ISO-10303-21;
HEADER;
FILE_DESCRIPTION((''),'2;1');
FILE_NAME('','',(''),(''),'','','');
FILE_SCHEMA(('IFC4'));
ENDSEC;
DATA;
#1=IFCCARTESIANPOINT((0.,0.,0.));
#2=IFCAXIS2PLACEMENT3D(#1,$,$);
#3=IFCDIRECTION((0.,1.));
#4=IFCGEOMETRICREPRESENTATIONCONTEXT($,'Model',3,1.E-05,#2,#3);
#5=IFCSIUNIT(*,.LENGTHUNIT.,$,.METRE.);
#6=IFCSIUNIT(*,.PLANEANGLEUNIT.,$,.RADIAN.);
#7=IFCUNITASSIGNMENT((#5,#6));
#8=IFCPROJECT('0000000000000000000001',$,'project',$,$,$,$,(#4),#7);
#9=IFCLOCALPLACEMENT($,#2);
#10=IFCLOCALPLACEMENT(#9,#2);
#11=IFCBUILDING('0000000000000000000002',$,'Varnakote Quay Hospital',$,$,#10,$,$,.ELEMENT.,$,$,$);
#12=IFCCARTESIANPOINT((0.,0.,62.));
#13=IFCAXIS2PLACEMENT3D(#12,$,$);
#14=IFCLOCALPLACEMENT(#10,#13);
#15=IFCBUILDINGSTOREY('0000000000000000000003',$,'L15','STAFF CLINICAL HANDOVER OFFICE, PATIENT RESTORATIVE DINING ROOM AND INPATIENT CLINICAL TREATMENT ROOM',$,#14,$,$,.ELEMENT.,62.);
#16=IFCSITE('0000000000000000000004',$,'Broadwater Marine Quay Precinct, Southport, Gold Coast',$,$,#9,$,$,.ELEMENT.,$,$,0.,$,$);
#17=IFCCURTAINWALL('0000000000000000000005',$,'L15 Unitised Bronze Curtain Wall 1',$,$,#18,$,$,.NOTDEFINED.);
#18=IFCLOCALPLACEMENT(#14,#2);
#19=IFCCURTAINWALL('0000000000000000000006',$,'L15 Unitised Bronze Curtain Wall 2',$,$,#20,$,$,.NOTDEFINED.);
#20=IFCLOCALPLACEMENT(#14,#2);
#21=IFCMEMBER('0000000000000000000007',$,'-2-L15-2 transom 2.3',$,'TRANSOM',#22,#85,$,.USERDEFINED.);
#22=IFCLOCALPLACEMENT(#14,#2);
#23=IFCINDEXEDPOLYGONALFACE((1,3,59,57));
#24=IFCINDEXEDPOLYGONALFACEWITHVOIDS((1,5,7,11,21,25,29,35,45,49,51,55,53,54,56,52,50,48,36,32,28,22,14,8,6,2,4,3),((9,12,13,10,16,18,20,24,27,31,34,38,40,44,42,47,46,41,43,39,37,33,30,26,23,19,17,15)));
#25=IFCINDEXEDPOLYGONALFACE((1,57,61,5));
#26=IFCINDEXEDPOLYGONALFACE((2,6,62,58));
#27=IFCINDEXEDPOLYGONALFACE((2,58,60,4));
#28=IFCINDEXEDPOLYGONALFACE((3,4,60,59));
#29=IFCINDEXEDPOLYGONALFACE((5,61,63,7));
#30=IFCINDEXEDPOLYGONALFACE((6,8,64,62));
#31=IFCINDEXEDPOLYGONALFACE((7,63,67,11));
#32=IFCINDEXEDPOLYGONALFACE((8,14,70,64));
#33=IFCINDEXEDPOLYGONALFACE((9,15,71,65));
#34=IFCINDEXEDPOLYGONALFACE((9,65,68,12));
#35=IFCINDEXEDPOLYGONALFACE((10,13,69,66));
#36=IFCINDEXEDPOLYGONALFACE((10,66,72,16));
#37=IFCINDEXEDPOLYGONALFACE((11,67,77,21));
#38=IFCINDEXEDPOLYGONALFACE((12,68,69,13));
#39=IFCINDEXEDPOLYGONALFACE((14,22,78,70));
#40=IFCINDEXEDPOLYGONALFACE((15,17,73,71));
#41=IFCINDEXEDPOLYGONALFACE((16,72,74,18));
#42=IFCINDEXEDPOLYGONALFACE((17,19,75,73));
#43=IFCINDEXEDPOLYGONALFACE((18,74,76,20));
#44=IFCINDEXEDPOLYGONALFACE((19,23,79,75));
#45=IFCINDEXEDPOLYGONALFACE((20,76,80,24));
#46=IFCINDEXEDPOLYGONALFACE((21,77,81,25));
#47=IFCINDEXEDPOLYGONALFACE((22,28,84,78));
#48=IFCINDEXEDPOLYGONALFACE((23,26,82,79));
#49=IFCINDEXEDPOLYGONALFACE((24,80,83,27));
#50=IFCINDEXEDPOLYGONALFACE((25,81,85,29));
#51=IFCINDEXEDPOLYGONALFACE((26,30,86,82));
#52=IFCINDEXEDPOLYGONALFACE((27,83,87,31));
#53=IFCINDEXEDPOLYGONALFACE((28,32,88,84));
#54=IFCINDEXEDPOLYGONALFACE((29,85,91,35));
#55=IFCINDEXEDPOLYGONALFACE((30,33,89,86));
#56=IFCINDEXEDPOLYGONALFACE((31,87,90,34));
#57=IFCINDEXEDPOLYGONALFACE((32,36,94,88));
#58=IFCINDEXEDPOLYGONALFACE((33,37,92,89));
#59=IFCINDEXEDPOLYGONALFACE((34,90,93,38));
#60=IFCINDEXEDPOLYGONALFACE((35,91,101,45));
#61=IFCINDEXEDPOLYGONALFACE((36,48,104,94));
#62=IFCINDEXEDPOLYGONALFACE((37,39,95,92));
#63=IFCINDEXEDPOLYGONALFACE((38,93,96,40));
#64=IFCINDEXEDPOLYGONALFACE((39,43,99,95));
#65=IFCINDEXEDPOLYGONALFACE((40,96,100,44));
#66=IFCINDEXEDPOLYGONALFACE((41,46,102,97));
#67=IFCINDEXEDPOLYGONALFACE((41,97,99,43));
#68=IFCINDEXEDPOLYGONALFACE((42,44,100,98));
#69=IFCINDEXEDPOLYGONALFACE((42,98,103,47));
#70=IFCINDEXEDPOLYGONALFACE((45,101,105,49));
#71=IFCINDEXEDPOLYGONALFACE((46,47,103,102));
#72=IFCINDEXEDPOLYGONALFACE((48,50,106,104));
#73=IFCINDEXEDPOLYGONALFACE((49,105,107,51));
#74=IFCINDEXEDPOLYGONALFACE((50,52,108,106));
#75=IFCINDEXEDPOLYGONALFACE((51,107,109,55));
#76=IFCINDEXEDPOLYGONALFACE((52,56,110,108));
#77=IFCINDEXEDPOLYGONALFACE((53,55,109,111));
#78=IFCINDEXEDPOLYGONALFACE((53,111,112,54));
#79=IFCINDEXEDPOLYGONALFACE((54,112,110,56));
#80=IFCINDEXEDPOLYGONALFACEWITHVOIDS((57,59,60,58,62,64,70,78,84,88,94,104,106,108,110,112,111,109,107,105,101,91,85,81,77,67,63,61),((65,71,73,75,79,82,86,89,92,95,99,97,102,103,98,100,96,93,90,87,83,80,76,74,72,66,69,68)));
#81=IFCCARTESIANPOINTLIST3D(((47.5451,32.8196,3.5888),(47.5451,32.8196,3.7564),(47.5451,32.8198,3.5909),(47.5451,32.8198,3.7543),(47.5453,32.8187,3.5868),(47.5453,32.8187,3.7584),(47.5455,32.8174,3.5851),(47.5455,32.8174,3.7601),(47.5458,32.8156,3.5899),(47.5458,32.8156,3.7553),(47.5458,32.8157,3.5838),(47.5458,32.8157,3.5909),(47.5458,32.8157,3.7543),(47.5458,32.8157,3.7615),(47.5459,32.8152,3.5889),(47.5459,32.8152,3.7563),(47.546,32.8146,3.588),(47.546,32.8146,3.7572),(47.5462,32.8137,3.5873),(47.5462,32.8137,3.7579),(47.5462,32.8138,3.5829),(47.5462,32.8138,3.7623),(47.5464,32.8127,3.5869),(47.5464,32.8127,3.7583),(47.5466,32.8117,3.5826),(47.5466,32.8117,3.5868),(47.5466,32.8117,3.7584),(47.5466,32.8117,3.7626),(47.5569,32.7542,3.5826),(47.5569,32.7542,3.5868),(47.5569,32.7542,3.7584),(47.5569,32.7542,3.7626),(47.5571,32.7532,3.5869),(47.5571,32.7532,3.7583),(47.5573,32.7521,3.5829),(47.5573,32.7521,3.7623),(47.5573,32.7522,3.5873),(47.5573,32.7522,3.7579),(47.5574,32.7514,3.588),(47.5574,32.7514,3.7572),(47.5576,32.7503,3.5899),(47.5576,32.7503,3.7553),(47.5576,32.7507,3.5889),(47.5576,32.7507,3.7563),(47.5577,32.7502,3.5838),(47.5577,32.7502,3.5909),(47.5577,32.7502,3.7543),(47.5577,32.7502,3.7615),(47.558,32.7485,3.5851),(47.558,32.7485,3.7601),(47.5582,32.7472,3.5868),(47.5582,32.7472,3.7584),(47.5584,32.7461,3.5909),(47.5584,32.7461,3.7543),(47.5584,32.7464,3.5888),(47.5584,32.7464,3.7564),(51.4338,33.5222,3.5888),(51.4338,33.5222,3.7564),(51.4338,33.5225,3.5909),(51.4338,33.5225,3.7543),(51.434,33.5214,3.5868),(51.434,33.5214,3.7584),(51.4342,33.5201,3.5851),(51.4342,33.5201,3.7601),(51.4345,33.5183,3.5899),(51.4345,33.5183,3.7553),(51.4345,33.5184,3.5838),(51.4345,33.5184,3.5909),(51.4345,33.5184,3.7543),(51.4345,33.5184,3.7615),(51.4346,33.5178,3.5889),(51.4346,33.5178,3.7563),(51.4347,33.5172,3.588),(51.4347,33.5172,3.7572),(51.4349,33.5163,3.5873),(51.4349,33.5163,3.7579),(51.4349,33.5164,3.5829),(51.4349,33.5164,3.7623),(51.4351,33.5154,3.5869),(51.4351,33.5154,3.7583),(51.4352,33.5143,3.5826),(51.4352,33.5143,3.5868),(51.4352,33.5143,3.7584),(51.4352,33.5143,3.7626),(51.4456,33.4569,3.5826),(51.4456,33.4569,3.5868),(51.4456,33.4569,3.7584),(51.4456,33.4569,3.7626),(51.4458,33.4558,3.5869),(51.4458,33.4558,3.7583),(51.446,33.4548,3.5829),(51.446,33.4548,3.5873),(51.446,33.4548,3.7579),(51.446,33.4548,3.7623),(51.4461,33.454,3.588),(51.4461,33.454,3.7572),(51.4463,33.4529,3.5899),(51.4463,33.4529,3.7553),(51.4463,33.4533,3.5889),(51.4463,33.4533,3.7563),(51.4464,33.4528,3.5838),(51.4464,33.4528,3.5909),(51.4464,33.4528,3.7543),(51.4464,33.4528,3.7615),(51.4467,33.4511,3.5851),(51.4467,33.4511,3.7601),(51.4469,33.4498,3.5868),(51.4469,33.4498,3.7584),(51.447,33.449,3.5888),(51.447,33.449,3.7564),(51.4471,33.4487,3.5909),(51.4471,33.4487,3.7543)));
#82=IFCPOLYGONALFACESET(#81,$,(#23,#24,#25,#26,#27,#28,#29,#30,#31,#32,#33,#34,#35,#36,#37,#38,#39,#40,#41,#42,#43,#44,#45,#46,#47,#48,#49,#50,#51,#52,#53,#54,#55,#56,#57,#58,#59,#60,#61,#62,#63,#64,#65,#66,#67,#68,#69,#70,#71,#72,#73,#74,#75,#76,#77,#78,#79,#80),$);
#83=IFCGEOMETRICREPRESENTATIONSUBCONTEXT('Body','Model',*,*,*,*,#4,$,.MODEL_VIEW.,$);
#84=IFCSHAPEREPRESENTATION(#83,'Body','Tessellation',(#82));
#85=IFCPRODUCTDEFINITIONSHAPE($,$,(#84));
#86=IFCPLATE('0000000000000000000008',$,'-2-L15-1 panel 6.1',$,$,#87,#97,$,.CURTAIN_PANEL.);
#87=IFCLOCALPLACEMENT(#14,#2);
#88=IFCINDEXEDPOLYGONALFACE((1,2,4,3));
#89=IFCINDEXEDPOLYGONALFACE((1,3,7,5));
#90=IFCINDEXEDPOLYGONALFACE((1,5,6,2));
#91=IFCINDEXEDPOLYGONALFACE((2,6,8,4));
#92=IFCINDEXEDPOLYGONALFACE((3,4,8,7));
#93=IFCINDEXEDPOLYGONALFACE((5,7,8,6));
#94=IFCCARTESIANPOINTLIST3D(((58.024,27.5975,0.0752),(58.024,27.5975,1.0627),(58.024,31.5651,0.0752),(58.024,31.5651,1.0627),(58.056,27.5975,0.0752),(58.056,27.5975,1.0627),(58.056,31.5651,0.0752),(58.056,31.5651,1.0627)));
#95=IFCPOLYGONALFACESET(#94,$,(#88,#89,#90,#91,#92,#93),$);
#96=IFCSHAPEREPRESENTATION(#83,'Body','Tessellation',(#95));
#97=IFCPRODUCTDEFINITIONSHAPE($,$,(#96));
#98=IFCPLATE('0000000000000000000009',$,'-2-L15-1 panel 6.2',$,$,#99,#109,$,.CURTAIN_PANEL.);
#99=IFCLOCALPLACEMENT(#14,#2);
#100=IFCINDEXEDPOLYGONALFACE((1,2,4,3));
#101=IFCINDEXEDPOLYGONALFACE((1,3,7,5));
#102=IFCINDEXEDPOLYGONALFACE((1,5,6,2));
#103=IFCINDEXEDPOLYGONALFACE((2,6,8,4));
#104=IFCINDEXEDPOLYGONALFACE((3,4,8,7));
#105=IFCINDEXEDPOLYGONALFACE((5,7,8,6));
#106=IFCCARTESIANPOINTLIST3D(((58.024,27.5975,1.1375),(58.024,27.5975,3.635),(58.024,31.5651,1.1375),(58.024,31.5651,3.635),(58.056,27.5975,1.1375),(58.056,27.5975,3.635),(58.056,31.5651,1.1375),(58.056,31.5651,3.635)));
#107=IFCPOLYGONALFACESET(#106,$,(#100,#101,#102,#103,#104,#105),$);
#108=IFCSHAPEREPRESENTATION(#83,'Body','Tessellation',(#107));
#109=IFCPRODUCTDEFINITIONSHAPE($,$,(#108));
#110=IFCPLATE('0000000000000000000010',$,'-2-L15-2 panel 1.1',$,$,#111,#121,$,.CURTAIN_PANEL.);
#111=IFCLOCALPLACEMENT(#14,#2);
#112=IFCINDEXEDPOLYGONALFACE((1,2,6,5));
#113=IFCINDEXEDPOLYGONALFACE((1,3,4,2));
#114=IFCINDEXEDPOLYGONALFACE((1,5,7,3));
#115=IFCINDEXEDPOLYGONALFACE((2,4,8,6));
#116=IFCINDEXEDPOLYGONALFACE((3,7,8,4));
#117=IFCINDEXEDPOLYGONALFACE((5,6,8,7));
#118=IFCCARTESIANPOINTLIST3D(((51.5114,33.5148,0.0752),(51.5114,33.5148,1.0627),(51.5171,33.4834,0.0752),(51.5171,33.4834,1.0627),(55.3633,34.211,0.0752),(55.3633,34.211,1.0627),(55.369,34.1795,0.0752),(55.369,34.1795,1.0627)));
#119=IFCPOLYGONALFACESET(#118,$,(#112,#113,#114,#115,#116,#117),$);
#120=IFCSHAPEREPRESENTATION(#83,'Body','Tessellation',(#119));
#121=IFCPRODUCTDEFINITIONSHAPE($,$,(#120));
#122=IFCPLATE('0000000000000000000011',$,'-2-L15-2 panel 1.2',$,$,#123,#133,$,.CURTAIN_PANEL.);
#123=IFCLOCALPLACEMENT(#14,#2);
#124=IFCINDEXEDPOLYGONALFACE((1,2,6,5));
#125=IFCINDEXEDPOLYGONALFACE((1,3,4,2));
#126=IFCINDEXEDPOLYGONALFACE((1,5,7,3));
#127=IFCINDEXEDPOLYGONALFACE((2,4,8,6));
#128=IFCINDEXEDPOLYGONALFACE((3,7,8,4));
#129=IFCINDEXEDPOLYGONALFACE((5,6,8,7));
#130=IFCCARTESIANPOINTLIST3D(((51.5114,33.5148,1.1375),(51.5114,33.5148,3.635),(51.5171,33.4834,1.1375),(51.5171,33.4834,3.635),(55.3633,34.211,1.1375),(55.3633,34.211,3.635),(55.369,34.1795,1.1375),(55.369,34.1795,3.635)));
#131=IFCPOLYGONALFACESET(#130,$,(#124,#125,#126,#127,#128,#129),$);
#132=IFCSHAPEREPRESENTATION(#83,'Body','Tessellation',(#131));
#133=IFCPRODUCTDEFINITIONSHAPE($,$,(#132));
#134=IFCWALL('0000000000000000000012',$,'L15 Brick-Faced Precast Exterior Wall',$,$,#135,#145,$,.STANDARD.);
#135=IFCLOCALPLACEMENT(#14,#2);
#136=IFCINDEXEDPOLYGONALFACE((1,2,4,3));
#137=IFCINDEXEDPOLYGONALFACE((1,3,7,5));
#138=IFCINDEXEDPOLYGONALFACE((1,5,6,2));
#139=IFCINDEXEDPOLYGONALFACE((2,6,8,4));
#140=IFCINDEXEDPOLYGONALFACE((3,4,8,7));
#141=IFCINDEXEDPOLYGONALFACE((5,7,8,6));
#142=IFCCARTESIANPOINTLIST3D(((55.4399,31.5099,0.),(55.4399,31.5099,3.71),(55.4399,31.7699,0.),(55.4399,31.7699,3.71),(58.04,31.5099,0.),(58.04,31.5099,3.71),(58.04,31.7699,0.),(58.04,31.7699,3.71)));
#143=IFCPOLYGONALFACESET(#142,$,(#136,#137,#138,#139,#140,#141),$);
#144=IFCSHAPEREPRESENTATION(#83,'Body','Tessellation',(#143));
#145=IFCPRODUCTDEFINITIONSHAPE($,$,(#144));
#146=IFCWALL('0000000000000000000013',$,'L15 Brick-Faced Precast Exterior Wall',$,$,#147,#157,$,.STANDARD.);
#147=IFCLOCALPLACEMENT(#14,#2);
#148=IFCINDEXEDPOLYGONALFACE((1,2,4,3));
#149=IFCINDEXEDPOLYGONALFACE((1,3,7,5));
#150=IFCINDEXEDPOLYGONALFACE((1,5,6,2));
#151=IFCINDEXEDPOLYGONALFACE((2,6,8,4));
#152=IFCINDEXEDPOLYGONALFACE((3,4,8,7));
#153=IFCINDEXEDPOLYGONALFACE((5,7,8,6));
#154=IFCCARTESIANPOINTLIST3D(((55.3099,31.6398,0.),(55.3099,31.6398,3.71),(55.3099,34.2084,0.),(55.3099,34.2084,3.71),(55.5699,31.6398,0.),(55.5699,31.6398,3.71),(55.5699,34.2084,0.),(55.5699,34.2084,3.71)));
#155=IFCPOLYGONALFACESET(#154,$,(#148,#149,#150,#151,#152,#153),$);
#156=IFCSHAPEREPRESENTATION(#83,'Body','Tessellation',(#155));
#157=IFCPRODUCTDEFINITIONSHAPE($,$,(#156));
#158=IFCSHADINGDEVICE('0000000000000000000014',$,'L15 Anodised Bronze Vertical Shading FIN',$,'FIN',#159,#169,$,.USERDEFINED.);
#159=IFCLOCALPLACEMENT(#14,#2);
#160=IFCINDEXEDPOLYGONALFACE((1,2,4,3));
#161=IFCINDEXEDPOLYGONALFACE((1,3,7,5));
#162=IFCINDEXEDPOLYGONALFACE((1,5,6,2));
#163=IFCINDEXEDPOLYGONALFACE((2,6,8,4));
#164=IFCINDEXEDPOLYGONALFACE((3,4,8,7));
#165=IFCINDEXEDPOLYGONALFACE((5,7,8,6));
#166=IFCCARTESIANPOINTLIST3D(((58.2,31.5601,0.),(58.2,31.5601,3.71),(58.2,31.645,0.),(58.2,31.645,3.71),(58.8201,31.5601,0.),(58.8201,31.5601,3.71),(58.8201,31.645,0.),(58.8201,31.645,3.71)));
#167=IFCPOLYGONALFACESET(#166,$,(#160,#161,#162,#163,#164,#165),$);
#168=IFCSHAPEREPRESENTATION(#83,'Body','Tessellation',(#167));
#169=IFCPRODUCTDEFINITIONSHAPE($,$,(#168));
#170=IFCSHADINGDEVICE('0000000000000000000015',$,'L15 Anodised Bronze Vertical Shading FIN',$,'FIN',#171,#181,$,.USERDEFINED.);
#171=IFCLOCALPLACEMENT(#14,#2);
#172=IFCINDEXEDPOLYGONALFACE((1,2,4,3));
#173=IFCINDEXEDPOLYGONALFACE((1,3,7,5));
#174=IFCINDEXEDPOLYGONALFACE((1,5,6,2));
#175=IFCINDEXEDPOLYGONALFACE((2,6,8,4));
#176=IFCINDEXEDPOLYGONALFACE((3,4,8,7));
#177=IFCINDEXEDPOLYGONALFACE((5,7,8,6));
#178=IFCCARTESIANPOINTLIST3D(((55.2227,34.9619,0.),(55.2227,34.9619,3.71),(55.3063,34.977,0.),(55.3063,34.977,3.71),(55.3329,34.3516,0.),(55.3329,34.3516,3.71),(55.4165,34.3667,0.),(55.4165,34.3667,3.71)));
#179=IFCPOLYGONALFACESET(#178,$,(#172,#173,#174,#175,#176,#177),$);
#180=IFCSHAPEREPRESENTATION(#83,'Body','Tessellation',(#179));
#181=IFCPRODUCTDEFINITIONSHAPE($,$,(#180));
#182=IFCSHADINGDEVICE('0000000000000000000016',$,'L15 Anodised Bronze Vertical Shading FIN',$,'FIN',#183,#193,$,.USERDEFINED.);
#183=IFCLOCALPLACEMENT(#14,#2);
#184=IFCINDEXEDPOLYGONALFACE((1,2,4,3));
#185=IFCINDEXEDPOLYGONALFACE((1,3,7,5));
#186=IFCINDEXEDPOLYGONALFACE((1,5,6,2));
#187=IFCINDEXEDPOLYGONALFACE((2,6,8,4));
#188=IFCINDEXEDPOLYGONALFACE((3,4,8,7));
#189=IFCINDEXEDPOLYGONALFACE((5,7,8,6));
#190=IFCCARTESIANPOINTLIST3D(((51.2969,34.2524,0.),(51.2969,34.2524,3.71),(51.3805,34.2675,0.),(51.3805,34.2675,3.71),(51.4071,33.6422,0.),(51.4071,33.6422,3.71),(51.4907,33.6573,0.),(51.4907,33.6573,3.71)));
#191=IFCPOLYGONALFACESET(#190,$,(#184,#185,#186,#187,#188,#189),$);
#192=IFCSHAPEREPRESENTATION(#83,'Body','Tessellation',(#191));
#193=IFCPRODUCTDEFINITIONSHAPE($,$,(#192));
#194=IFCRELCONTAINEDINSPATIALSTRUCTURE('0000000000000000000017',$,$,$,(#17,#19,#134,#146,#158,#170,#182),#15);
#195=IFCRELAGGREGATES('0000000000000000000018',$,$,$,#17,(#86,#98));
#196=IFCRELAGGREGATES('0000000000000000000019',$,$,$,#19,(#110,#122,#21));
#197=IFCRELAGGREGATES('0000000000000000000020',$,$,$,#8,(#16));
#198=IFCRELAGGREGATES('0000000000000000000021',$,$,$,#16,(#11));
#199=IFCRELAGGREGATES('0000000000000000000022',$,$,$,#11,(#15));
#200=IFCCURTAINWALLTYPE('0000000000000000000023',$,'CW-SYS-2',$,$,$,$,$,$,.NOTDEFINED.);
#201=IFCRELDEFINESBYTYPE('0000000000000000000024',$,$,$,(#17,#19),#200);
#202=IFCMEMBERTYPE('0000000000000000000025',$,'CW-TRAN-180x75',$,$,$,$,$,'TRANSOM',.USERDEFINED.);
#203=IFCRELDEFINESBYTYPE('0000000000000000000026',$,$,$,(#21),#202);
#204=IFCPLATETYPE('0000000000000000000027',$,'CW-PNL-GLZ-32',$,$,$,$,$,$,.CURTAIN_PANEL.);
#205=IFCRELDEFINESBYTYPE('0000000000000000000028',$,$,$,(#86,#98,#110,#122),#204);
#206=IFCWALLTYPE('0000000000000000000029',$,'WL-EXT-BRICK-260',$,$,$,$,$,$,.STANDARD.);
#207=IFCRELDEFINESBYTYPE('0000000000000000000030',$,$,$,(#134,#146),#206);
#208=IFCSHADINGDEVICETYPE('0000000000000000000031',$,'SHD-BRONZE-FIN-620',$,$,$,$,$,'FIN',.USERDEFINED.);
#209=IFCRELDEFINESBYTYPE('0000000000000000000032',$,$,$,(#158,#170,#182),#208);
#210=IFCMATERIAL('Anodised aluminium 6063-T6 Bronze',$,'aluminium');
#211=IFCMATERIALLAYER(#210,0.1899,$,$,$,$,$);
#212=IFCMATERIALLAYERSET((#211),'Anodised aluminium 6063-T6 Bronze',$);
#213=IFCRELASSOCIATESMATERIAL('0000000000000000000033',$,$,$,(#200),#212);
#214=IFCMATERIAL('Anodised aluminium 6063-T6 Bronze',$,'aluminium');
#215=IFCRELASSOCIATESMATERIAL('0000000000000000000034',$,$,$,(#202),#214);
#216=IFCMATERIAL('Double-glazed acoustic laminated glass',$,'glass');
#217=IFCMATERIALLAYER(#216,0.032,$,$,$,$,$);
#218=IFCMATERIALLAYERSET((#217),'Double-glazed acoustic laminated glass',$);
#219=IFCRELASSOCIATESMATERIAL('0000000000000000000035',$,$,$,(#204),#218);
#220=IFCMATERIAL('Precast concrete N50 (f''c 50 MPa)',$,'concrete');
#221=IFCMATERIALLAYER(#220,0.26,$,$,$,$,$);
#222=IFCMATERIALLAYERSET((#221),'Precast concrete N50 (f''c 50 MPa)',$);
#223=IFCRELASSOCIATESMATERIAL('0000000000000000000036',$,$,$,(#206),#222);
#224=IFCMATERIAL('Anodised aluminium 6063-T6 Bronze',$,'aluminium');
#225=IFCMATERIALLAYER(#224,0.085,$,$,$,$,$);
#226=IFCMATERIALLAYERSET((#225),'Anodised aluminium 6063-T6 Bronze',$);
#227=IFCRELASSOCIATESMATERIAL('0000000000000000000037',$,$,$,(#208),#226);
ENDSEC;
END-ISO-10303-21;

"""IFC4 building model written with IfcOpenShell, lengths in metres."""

from ifc_helpers import new_model, si_unit, direction, frame, frame_2d, origin, origin_2d, place, context, subcontext, project, spatial, rectangle, hollow_rectangle, extrude, material, layer, layer_set, material_profile, profile_set, type_object, element, aggregate, save


model = new_model("IFC4")

# Units and contexts
model_context = context("Model", 3, precision=1e-05, world=origin(), true_north=direction((0.0, 1.0)))
body_context = subcontext(model_context, "Body", "Model", "MODEL_VIEW")
ifc_project = project(units=[si_unit("LENGTHUNIT", "METRE"), si_unit("PLANEANGLEUNIT", "RADIAN")], contexts=[model_context])

# Site, building, storey
site_placement = place(None, origin())
site = spatial("IfcSite", under=ifc_project, at=site_placement, Name="Broadwater Marine Quay Precinct, Southport, Gold Coast", CompositionType="ELEMENT", RefElevation=0.0)
building_placement = place(site_placement, origin())
building = spatial("IfcBuilding", under=site, at=building_placement, Name="Varnakote Quay Hospital", CompositionType="ELEMENT")
storey_placement = place(building_placement, frame((0.0, 0.0, 62.0)))
storey = spatial("IfcBuildingStorey", under=building, at=storey_placement, Name="L15", Description="STAFF CLINICAL HANDOVER OFFICE, PATIENT RESTORATIVE DINING ROOM AND INPATIENT CLINICAL TREATMENT ROOM", CompositionType="ELEMENT", Elevation=62.0)

# Curtain wall
ifc_material_1 = material(Name="Anodised aluminium 6063-T6 Bronze", Category="aluminium")
ifc_layer_1 = layer(ifc_material_1, 0.1899)
ifc_layer_set_1 = layer_set([ifc_layer_1], Name="Anodised aluminium 6063-T6 Bronze")
curtain_wall_type = type_object("IfcCurtainWallType", Name="CW-SYS-2", PredefinedType="NOTDEFINED", material=ifc_layer_set_1)
curtain_wall_1_placement = place(storey_placement, origin())
curtain_wall_1 = element("IfcCurtainWall", 1, at=curtain_wall_1_placement, inside=storey, type_object=curtain_wall_type, Name="L15 Unitised Bronze Curtain Wall 1", PredefinedType="NOTDEFINED")

# Curtain wall
curtain_wall_2_placement = place(storey_placement, origin())
curtain_wall_2 = element("IfcCurtainWall", 2, at=curtain_wall_2_placement, inside=storey, type_object=curtain_wall_type, Name="L15 Unitised Bronze Curtain Wall 2", PredefinedType="NOTDEFINED")

# Member
ifc_material_2 = material(Name="Anodised aluminium 6063-T6 Bronze", Category="aluminium")
ifc_material_profile_1 = material_profile(ifc_material_2, hollow_rectangle(XDim=0.075, YDim=0.1799, WallThickness=0.0042, InnerFilletRadius=0.0042, OuterFilletRadius=0.0083, at=origin_2d()), Name="CW-TRAN-180x75")
ifc_profile_set_1 = profile_set([ifc_material_profile_1], Name="Anodised aluminium 6063-T6 Bronze")
member_type_1 = type_object("IfcMemberType", Name="CW-TRAN-180x75", ElementType="TRANSOM", PredefinedType="USERDEFINED", material=ifc_profile_set_1)
member_1_placement = place(storey_placement, frame((51.4404, 33.4856, 3.6726), z_axis=(-0.984065, -0.177809, 0.0), x_axis=(0.177809, -0.984065, 0.0)))
member_1 = element("IfcMember", 3, at=member_1_placement, type_object=member_type_1, Name="-2-L15-2 transom 2.3", ObjectType="TRANSOM", PredefinedType="USERDEFINED", context=body_context, shape_type="SweptSolid", body=[
    extrude(hollow_rectangle(XDim=0.075, YDim=0.1799, WallThickness=0.0042, InnerFilletRadius=0.0042, OuterFilletRadius=0.0083, at=origin_2d()), origin(), (0.0, 0.0, 1.0), 3.9517),
])

# Plates
ifc_material_3 = material(Name="Double-glazed acoustic laminated glass", Category="glass")
ifc_layer_2 = layer(ifc_material_3, 0.032)
ifc_layer_set_2 = layer_set([ifc_layer_2], Name="Double-glazed acoustic laminated glass")
plate_type = type_object("IfcPlateType", Name="CW-PNL-GLZ-32", PredefinedType="CURTAIN_PANEL", material=ifc_layer_set_2)
plate_1_placement = place(storey_placement, frame((58.04, 29.5813, 0.0752), z_axis=(0.0, 0.0, 1.0), x_axis=(0.0, 1.0, 0.0)))
plate_1 = element("IfcPlate", 4, at=plate_1_placement, type_object=plate_type, Name="-2-L15-1 panel 6.1", PredefinedType="CURTAIN_PANEL", context=body_context, shape_type="SweptSolid", body=[
    extrude(rectangle(XDim=3.9675, YDim=0.032, at=origin_2d()), origin(), (0.0, 0.0, 1.0), 0.9875),
])
plate_2_placement = place(storey_placement, frame((58.04, 29.5813, 1.1375), z_axis=(0.0, 0.0, 1.0), x_axis=(0.0, 1.0, 0.0)))
plate_2 = element("IfcPlate", 5, at=plate_2_placement, type_object=plate_type, Name="-2-L15-1 panel 6.2", PredefinedType="CURTAIN_PANEL", context=body_context, shape_type="SweptSolid", body=[
    extrude(rectangle(XDim=3.9675, YDim=0.032, at=origin_2d()), origin(), (0.0, 0.0, 1.0), 2.4976),
])
aggregate(curtain_wall_1, [plate_1, plate_2])
plate_3_placement = place(storey_placement, frame((53.4402, 33.8472, 0.0752), z_axis=(0.0, 0.0, 1.0), x_axis=(-0.984058, -0.177846, 0.0)))
plate_3 = element("IfcPlate", 6, at=plate_3_placement, type_object=plate_type, Name="-2-L15-2 panel 1.1", PredefinedType="CURTAIN_PANEL", context=body_context, shape_type="SweptSolid", body=[
    extrude(rectangle(XDim=3.9143, YDim=0.032, at=origin_2d()), origin(), (0.0, 0.0, 1.0), 0.9875),
])
plate_4_placement = place(storey_placement, frame((53.4402, 33.8472, 1.1375), z_axis=(0.0, 0.0, 1.0), x_axis=(-0.984058, -0.177846, 0.0)))
plate_4 = element("IfcPlate", 7, at=plate_4_placement, type_object=plate_type, Name="-2-L15-2 panel 1.2", PredefinedType="CURTAIN_PANEL", context=body_context, shape_type="SweptSolid", body=[
    extrude(rectangle(XDim=3.9143, YDim=0.032, at=origin_2d()), origin(), (0.0, 0.0, 1.0), 2.4976),
])
aggregate(curtain_wall_2, [plate_3, plate_4, member_1])

# Walls
ifc_material_4 = material(Name="Precast concrete N50 (f'c 50 MPa)", Category="concrete")
ifc_layer_3 = layer(ifc_material_4, 0.26)
ifc_layer_set_3 = layer_set([ifc_layer_3], Name="Precast concrete N50 (f'c 50 MPa)")
wall_type = type_object("IfcWallType", Name="WL-EXT-BRICK-260", PredefinedType="STANDARD", material=ifc_layer_set_3)
wall_1_placement = place(storey_placement, frame((58.04, 31.6399, 0.0), z_axis=(0.0, 0.0, 1.0), x_axis=(-1.0, 0.0, 0.0)))
element("IfcWall", 8, at=wall_1_placement, inside=storey, type_object=wall_type, Name="L15 Brick-Faced Precast Exterior Wall", PredefinedType="STANDARD", context=body_context, shape_type="SweptSolid", body=[
    extrude(rectangle(XDim=2.6001, YDim=0.26, at=frame_2d((1.3, 0.0))), origin(), (0.0, 0.0, 1.0), 3.71),
])
wall_2_placement = place(storey_placement, frame((55.4399, 31.6399, 0.0), z_axis=(0.0, 0.0, 1.0), x_axis=(0.0, 1.0, 0.0)))
element("IfcWall", 9, at=wall_2_placement, inside=storey, type_object=wall_type, Name="L15 Brick-Faced Precast Exterior Wall", PredefinedType="STANDARD", context=body_context, shape_type="SweptSolid", body=[
    extrude(rectangle(XDim=2.5686, YDim=0.26, at=frame_2d((1.2842, 0.0))), origin(), (0.0, 0.0, 1.0), 3.71),
])

# Shading devices
ifc_material_5 = material(Name="Anodised aluminium 6063-T6 Bronze", Category="aluminium")
ifc_layer_4 = layer(ifc_material_5, 0.085)
ifc_layer_set_4 = layer_set([ifc_layer_4], Name="Anodised aluminium 6063-T6 Bronze")
shading_device_type = type_object("IfcShadingDeviceType", Name="SHD-BRONZE-FIN-620", ElementType="FIN", PredefinedType="USERDEFINED", material=ifc_layer_set_4)
for number, where, z_axis, x_axis, name in (
    (10, (58.51, 31.6025, 0.0), (0.0, 0.0, 1.0), (-1.0, 0.0, 0.0), "L15 Anodised Bronze Vertical Shading FIN"),
    (11, (55.3196, 34.6643, 0.0), (0.0, 0.0, 1.0), (0.177772, -0.984072, 0.0), "L15 Anodised Bronze Vertical Shading FIN"),
    (12, (51.3938, 33.9548, 0.0), (0.0, 0.0, 1.0), (0.177772, -0.984072, 0.0), "L15 Anodised Bronze Vertical Shading FIN"),
):
    element("IfcShadingDevice", number, at=place(storey_placement, frame(where, z_axis=z_axis, x_axis=x_axis)), inside=storey, type_object=shading_device_type, Name=name, ObjectType="FIN", PredefinedType="USERDEFINED", context=body_context, shape_type="SweptSolid", body=[
        extrude(rectangle(XDim=0.6201, YDim=0.085, at=origin_2d()), origin(), (0.0, 0.0, 1.0), 3.71),
    ])

save(model, "model.ifc")
